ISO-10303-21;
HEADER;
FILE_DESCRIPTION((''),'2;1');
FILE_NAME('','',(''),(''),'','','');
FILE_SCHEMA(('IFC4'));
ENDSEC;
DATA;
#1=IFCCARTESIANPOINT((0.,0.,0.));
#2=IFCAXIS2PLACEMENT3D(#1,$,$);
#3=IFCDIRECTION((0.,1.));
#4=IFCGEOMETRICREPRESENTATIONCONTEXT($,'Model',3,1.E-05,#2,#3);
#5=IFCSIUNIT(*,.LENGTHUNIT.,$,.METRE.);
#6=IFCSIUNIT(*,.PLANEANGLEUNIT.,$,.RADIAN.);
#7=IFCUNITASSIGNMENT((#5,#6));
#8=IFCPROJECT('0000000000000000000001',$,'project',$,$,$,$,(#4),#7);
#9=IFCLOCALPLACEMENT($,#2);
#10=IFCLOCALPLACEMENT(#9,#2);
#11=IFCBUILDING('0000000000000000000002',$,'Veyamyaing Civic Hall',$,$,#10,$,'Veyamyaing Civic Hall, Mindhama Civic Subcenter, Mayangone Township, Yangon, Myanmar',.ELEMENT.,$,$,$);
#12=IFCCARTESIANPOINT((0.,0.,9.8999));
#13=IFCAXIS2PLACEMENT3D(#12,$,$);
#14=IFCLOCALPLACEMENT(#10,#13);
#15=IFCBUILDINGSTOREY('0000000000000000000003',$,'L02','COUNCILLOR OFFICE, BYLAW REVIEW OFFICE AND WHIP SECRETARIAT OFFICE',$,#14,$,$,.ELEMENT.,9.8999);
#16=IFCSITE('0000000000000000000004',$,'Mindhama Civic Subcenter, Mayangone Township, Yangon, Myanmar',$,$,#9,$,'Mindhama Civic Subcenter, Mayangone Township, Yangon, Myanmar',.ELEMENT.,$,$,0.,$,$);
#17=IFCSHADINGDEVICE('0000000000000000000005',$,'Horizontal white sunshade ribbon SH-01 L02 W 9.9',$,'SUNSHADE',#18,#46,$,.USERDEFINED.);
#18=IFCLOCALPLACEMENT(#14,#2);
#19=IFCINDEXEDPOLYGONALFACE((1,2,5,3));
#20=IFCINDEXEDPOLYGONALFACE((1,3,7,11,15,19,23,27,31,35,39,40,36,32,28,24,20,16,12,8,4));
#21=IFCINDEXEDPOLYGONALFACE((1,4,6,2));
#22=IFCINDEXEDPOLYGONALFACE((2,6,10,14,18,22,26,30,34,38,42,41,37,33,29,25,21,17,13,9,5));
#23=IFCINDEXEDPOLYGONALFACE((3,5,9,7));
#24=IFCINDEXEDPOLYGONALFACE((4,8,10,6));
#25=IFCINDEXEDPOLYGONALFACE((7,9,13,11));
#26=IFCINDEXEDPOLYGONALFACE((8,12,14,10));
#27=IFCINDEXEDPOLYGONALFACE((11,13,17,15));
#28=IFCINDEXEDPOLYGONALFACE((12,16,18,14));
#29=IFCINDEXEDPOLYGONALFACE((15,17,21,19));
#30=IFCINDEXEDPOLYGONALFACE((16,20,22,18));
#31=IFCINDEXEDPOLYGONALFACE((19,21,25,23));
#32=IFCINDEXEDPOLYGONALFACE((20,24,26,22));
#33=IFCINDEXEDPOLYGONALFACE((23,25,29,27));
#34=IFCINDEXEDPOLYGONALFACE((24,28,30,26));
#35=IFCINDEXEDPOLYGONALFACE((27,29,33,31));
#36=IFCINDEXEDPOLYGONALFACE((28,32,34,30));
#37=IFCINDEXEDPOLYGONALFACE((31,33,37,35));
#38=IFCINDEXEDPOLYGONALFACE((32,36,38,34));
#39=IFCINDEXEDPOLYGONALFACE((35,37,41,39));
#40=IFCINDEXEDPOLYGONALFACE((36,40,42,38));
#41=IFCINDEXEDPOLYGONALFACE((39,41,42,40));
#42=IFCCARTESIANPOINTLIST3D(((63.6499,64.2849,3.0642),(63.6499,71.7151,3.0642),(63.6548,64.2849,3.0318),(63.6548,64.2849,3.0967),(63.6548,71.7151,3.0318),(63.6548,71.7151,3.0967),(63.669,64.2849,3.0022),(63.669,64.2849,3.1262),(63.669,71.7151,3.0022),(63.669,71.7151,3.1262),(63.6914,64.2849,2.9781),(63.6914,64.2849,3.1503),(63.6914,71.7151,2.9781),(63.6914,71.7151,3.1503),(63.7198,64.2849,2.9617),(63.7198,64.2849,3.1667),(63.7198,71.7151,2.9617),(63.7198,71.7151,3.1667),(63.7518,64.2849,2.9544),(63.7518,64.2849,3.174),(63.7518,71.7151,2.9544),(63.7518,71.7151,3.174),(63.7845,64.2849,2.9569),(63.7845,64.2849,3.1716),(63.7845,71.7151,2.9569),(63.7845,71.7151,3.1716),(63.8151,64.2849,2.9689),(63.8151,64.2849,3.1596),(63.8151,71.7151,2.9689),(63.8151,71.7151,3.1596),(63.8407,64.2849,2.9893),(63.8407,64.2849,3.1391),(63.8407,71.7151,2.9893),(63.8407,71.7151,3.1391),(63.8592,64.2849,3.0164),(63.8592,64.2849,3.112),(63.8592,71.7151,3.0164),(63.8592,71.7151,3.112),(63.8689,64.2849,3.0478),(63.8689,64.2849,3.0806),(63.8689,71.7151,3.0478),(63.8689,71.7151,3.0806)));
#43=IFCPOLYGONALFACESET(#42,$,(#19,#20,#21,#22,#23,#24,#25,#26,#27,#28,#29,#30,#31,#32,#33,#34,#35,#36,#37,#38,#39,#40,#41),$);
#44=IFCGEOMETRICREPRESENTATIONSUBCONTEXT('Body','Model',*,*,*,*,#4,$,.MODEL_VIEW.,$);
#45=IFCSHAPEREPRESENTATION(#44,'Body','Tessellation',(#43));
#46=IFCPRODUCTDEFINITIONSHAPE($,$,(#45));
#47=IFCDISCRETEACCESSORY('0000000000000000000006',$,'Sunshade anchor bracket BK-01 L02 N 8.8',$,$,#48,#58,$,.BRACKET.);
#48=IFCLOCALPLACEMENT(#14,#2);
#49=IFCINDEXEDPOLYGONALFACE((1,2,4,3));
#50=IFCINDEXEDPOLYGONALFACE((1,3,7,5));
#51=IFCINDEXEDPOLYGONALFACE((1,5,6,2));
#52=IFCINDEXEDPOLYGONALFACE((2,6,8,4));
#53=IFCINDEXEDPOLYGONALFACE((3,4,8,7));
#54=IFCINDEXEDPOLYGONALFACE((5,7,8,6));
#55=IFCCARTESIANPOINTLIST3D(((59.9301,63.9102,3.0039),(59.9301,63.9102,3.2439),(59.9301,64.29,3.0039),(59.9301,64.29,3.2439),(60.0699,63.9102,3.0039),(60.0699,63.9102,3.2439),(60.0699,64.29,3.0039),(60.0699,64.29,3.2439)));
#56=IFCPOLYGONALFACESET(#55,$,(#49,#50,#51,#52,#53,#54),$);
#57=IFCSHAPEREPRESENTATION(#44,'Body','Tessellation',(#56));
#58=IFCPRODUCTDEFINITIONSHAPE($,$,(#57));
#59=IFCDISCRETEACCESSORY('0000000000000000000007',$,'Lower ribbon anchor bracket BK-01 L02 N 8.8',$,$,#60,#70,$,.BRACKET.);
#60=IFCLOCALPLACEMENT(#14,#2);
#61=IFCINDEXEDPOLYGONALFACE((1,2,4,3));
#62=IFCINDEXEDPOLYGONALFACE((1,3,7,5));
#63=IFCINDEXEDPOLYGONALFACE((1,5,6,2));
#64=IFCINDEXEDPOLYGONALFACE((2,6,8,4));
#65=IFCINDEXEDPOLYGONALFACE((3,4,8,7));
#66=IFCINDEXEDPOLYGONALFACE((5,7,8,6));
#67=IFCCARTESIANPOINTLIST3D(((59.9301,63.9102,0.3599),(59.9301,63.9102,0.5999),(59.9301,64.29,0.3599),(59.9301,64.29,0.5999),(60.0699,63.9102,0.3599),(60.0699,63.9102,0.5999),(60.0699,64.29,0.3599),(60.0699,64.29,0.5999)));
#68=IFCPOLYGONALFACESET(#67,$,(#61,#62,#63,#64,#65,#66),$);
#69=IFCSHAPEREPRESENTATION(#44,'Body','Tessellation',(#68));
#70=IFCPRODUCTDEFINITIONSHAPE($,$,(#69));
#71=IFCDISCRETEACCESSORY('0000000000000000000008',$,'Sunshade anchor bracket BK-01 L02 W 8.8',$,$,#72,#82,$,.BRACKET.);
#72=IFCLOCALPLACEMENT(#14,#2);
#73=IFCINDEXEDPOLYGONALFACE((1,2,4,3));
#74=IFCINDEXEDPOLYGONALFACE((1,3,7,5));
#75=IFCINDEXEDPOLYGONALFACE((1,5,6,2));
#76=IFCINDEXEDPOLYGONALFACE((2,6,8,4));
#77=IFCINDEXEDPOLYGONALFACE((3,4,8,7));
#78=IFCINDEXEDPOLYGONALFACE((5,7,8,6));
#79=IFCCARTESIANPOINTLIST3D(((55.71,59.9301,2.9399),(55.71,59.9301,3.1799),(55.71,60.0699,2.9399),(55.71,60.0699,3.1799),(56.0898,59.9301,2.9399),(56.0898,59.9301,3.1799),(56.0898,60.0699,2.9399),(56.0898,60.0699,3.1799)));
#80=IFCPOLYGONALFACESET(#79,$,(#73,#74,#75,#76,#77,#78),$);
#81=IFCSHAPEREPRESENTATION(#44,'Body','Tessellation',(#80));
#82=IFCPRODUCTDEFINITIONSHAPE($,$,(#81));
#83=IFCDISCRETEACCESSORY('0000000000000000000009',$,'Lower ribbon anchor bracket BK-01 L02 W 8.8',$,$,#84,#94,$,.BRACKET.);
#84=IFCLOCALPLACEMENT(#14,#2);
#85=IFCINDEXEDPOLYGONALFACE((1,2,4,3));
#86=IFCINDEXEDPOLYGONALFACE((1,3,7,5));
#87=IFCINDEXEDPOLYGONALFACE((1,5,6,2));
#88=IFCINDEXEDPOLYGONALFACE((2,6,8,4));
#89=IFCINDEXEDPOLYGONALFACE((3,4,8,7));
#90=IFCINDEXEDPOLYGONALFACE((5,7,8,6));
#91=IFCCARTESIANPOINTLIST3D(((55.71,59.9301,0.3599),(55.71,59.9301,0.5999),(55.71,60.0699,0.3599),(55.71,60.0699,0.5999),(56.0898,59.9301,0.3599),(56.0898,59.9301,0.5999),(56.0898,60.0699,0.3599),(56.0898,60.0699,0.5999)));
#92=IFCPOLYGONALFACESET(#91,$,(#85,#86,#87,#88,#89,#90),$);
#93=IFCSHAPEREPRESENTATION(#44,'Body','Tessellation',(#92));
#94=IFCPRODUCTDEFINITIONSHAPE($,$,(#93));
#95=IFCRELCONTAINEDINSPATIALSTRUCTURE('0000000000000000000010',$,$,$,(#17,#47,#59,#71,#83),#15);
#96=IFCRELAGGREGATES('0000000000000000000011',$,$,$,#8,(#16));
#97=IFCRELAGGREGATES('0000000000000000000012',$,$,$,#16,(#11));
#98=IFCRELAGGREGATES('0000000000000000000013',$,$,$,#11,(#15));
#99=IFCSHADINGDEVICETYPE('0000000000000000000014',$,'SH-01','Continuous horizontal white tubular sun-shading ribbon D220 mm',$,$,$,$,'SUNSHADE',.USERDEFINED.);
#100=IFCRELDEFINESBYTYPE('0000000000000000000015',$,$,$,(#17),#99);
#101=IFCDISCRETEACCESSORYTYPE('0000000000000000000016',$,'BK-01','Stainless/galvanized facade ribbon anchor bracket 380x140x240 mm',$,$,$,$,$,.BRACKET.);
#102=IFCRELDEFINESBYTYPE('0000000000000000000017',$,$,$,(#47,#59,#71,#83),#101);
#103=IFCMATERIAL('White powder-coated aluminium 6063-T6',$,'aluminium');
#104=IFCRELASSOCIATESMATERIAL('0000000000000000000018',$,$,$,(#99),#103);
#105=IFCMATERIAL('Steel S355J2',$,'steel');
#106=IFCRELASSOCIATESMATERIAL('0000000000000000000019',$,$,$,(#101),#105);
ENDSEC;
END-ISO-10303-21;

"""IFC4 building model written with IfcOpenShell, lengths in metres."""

from ifc_helpers import new_model, si_unit, direction, frame, origin, origin_2d, place, context, subcontext, project, spatial, rectangle, circle, extrude, material, material_profile, profile_set, type_object, element, save


model = new_model("IFC4")

# Units and contexts
model_context = context("Model", 3, precision=1e-05, world=origin(), true_north=direction((0.0, 1.0)))
body_context = subcontext(model_context, "Body", "Model", "MODEL_VIEW")
ifc_project = project(units=[si_unit("LENGTHUNIT", "METRE"), si_unit("PLANEANGLEUNIT", "RADIAN")], contexts=[model_context])

# Site, building, storey
site_placement = place(None, origin())
site = spatial("IfcSite", under=ifc_project, at=site_placement, Name="Mindhama Civic Subcenter, Mayangone Township, Yangon, Myanmar", LongName="Mindhama Civic Subcenter, Mayangone Township, Yangon, Myanmar", CompositionType="ELEMENT", RefElevation=0.0)
building_placement = place(site_placement, origin())
building = spatial("IfcBuilding", under=site, at=building_placement, Name="Veyamyaing Civic Hall", LongName="Veyamyaing Civic Hall, Mindhama Civic Subcenter, Mayangone Township, Yangon, Myanmar", CompositionType="ELEMENT")
storey_placement = place(building_placement, frame((0.0, 0.0, 9.8999)))
storey = spatial("IfcBuildingStorey", under=building, at=storey_placement, Name="L02", Description="COUNCILLOR OFFICE, BYLAW REVIEW OFFICE AND WHIP SECRETARIAT OFFICE", CompositionType="ELEMENT", Elevation=9.8999)

# Shared definitions
ifc_material_1 = material(Name="White powder-coated aluminium 6063-T6", Category="aluminium")

# Shading device
ifc_material_profile_1 = material_profile(ifc_material_1, circle(Radius=0.1101, at=origin_2d()), Name="SHADE-TUBE-220")
ifc_profile_set_1 = profile_set([ifc_material_profile_1], Name="White powder-coated aluminium 6063-T6")
shading_device_type = type_object("IfcShadingDeviceType", Name="SH-01", Description="Continuous horizontal white tubular sun-shading ribbon D220 mm", ElementType="SUNSHADE", PredefinedType="USERDEFINED", material=ifc_profile_set_1)
for number, where, z_axis, x_axis, name in (
    (1, (63.76, 64.2849, 3.0642), (0.0, 1.0, 0.0), (-1.0, 0.0, 0.0), "Horizontal white sunshade ribbon SH-01 L02 W 9.9"),
):
    element("IfcShadingDevice", number, at=place(storey_placement, frame(where, z_axis=z_axis, x_axis=x_axis)), inside=storey, type_object=shading_device_type, Name=name, ObjectType="SUNSHADE", PredefinedType="USERDEFINED", context=body_context, shape_type="SweptSolid", body=[
        extrude(circle(Radius=0.1101, at=origin_2d()), origin(), (0.0, 0.0, 1.0), 7.4302),
    ])

# Discrete accessories
ifc_material_2 = material(Name="Steel S355J2", Category="steel")
discrete_accessory_type = type_object("IfcDiscreteAccessoryType", Name="BK-01", Description="Stainless/galvanized facade ribbon anchor bracket 380x140x240 mm", PredefinedType="BRACKET", material=ifc_material_2)
for number, where, z_axis, x_axis, name in (
    (2, (60.0, 64.1001, 3.0039), (0.0, 0.0, 1.0), (0.0, 1.0, 0.0), "Sunshade anchor bracket BK-01 L02 N 8.8"),
    (3, (60.0, 64.1001, 0.3599), (0.0, 0.0, 1.0), (0.0, 1.0, 0.0), "Lower ribbon anchor bracket BK-01 L02 N 8.8"),
    (4, (55.8999, 60.0, 2.9399), (0.0, 0.0, 1.0), (-1.0, 0.0, 0.0), "Sunshade anchor bracket BK-01 L02 W 8.8"),
    (5, (55.8999, 60.0, 0.3599), (0.0, 0.0, 1.0), (-1.0, 0.0, 0.0), "Lower ribbon anchor bracket BK-01 L02 W 8.8"),
):
    element("IfcDiscreteAccessory", number, at=place(storey_placement, frame(where, z_axis=z_axis, x_axis=x_axis)), inside=storey, type_object=discrete_accessory_type, Name=name, PredefinedType="BRACKET", context=body_context, shape_type="SweptSolid", body=[
        extrude(rectangle(XDim=0.3799, YDim=0.1399, at=origin_2d()), origin(), (0.0, 0.0, 1.0), 0.24),
    ])

save(model, "model.ifc")
